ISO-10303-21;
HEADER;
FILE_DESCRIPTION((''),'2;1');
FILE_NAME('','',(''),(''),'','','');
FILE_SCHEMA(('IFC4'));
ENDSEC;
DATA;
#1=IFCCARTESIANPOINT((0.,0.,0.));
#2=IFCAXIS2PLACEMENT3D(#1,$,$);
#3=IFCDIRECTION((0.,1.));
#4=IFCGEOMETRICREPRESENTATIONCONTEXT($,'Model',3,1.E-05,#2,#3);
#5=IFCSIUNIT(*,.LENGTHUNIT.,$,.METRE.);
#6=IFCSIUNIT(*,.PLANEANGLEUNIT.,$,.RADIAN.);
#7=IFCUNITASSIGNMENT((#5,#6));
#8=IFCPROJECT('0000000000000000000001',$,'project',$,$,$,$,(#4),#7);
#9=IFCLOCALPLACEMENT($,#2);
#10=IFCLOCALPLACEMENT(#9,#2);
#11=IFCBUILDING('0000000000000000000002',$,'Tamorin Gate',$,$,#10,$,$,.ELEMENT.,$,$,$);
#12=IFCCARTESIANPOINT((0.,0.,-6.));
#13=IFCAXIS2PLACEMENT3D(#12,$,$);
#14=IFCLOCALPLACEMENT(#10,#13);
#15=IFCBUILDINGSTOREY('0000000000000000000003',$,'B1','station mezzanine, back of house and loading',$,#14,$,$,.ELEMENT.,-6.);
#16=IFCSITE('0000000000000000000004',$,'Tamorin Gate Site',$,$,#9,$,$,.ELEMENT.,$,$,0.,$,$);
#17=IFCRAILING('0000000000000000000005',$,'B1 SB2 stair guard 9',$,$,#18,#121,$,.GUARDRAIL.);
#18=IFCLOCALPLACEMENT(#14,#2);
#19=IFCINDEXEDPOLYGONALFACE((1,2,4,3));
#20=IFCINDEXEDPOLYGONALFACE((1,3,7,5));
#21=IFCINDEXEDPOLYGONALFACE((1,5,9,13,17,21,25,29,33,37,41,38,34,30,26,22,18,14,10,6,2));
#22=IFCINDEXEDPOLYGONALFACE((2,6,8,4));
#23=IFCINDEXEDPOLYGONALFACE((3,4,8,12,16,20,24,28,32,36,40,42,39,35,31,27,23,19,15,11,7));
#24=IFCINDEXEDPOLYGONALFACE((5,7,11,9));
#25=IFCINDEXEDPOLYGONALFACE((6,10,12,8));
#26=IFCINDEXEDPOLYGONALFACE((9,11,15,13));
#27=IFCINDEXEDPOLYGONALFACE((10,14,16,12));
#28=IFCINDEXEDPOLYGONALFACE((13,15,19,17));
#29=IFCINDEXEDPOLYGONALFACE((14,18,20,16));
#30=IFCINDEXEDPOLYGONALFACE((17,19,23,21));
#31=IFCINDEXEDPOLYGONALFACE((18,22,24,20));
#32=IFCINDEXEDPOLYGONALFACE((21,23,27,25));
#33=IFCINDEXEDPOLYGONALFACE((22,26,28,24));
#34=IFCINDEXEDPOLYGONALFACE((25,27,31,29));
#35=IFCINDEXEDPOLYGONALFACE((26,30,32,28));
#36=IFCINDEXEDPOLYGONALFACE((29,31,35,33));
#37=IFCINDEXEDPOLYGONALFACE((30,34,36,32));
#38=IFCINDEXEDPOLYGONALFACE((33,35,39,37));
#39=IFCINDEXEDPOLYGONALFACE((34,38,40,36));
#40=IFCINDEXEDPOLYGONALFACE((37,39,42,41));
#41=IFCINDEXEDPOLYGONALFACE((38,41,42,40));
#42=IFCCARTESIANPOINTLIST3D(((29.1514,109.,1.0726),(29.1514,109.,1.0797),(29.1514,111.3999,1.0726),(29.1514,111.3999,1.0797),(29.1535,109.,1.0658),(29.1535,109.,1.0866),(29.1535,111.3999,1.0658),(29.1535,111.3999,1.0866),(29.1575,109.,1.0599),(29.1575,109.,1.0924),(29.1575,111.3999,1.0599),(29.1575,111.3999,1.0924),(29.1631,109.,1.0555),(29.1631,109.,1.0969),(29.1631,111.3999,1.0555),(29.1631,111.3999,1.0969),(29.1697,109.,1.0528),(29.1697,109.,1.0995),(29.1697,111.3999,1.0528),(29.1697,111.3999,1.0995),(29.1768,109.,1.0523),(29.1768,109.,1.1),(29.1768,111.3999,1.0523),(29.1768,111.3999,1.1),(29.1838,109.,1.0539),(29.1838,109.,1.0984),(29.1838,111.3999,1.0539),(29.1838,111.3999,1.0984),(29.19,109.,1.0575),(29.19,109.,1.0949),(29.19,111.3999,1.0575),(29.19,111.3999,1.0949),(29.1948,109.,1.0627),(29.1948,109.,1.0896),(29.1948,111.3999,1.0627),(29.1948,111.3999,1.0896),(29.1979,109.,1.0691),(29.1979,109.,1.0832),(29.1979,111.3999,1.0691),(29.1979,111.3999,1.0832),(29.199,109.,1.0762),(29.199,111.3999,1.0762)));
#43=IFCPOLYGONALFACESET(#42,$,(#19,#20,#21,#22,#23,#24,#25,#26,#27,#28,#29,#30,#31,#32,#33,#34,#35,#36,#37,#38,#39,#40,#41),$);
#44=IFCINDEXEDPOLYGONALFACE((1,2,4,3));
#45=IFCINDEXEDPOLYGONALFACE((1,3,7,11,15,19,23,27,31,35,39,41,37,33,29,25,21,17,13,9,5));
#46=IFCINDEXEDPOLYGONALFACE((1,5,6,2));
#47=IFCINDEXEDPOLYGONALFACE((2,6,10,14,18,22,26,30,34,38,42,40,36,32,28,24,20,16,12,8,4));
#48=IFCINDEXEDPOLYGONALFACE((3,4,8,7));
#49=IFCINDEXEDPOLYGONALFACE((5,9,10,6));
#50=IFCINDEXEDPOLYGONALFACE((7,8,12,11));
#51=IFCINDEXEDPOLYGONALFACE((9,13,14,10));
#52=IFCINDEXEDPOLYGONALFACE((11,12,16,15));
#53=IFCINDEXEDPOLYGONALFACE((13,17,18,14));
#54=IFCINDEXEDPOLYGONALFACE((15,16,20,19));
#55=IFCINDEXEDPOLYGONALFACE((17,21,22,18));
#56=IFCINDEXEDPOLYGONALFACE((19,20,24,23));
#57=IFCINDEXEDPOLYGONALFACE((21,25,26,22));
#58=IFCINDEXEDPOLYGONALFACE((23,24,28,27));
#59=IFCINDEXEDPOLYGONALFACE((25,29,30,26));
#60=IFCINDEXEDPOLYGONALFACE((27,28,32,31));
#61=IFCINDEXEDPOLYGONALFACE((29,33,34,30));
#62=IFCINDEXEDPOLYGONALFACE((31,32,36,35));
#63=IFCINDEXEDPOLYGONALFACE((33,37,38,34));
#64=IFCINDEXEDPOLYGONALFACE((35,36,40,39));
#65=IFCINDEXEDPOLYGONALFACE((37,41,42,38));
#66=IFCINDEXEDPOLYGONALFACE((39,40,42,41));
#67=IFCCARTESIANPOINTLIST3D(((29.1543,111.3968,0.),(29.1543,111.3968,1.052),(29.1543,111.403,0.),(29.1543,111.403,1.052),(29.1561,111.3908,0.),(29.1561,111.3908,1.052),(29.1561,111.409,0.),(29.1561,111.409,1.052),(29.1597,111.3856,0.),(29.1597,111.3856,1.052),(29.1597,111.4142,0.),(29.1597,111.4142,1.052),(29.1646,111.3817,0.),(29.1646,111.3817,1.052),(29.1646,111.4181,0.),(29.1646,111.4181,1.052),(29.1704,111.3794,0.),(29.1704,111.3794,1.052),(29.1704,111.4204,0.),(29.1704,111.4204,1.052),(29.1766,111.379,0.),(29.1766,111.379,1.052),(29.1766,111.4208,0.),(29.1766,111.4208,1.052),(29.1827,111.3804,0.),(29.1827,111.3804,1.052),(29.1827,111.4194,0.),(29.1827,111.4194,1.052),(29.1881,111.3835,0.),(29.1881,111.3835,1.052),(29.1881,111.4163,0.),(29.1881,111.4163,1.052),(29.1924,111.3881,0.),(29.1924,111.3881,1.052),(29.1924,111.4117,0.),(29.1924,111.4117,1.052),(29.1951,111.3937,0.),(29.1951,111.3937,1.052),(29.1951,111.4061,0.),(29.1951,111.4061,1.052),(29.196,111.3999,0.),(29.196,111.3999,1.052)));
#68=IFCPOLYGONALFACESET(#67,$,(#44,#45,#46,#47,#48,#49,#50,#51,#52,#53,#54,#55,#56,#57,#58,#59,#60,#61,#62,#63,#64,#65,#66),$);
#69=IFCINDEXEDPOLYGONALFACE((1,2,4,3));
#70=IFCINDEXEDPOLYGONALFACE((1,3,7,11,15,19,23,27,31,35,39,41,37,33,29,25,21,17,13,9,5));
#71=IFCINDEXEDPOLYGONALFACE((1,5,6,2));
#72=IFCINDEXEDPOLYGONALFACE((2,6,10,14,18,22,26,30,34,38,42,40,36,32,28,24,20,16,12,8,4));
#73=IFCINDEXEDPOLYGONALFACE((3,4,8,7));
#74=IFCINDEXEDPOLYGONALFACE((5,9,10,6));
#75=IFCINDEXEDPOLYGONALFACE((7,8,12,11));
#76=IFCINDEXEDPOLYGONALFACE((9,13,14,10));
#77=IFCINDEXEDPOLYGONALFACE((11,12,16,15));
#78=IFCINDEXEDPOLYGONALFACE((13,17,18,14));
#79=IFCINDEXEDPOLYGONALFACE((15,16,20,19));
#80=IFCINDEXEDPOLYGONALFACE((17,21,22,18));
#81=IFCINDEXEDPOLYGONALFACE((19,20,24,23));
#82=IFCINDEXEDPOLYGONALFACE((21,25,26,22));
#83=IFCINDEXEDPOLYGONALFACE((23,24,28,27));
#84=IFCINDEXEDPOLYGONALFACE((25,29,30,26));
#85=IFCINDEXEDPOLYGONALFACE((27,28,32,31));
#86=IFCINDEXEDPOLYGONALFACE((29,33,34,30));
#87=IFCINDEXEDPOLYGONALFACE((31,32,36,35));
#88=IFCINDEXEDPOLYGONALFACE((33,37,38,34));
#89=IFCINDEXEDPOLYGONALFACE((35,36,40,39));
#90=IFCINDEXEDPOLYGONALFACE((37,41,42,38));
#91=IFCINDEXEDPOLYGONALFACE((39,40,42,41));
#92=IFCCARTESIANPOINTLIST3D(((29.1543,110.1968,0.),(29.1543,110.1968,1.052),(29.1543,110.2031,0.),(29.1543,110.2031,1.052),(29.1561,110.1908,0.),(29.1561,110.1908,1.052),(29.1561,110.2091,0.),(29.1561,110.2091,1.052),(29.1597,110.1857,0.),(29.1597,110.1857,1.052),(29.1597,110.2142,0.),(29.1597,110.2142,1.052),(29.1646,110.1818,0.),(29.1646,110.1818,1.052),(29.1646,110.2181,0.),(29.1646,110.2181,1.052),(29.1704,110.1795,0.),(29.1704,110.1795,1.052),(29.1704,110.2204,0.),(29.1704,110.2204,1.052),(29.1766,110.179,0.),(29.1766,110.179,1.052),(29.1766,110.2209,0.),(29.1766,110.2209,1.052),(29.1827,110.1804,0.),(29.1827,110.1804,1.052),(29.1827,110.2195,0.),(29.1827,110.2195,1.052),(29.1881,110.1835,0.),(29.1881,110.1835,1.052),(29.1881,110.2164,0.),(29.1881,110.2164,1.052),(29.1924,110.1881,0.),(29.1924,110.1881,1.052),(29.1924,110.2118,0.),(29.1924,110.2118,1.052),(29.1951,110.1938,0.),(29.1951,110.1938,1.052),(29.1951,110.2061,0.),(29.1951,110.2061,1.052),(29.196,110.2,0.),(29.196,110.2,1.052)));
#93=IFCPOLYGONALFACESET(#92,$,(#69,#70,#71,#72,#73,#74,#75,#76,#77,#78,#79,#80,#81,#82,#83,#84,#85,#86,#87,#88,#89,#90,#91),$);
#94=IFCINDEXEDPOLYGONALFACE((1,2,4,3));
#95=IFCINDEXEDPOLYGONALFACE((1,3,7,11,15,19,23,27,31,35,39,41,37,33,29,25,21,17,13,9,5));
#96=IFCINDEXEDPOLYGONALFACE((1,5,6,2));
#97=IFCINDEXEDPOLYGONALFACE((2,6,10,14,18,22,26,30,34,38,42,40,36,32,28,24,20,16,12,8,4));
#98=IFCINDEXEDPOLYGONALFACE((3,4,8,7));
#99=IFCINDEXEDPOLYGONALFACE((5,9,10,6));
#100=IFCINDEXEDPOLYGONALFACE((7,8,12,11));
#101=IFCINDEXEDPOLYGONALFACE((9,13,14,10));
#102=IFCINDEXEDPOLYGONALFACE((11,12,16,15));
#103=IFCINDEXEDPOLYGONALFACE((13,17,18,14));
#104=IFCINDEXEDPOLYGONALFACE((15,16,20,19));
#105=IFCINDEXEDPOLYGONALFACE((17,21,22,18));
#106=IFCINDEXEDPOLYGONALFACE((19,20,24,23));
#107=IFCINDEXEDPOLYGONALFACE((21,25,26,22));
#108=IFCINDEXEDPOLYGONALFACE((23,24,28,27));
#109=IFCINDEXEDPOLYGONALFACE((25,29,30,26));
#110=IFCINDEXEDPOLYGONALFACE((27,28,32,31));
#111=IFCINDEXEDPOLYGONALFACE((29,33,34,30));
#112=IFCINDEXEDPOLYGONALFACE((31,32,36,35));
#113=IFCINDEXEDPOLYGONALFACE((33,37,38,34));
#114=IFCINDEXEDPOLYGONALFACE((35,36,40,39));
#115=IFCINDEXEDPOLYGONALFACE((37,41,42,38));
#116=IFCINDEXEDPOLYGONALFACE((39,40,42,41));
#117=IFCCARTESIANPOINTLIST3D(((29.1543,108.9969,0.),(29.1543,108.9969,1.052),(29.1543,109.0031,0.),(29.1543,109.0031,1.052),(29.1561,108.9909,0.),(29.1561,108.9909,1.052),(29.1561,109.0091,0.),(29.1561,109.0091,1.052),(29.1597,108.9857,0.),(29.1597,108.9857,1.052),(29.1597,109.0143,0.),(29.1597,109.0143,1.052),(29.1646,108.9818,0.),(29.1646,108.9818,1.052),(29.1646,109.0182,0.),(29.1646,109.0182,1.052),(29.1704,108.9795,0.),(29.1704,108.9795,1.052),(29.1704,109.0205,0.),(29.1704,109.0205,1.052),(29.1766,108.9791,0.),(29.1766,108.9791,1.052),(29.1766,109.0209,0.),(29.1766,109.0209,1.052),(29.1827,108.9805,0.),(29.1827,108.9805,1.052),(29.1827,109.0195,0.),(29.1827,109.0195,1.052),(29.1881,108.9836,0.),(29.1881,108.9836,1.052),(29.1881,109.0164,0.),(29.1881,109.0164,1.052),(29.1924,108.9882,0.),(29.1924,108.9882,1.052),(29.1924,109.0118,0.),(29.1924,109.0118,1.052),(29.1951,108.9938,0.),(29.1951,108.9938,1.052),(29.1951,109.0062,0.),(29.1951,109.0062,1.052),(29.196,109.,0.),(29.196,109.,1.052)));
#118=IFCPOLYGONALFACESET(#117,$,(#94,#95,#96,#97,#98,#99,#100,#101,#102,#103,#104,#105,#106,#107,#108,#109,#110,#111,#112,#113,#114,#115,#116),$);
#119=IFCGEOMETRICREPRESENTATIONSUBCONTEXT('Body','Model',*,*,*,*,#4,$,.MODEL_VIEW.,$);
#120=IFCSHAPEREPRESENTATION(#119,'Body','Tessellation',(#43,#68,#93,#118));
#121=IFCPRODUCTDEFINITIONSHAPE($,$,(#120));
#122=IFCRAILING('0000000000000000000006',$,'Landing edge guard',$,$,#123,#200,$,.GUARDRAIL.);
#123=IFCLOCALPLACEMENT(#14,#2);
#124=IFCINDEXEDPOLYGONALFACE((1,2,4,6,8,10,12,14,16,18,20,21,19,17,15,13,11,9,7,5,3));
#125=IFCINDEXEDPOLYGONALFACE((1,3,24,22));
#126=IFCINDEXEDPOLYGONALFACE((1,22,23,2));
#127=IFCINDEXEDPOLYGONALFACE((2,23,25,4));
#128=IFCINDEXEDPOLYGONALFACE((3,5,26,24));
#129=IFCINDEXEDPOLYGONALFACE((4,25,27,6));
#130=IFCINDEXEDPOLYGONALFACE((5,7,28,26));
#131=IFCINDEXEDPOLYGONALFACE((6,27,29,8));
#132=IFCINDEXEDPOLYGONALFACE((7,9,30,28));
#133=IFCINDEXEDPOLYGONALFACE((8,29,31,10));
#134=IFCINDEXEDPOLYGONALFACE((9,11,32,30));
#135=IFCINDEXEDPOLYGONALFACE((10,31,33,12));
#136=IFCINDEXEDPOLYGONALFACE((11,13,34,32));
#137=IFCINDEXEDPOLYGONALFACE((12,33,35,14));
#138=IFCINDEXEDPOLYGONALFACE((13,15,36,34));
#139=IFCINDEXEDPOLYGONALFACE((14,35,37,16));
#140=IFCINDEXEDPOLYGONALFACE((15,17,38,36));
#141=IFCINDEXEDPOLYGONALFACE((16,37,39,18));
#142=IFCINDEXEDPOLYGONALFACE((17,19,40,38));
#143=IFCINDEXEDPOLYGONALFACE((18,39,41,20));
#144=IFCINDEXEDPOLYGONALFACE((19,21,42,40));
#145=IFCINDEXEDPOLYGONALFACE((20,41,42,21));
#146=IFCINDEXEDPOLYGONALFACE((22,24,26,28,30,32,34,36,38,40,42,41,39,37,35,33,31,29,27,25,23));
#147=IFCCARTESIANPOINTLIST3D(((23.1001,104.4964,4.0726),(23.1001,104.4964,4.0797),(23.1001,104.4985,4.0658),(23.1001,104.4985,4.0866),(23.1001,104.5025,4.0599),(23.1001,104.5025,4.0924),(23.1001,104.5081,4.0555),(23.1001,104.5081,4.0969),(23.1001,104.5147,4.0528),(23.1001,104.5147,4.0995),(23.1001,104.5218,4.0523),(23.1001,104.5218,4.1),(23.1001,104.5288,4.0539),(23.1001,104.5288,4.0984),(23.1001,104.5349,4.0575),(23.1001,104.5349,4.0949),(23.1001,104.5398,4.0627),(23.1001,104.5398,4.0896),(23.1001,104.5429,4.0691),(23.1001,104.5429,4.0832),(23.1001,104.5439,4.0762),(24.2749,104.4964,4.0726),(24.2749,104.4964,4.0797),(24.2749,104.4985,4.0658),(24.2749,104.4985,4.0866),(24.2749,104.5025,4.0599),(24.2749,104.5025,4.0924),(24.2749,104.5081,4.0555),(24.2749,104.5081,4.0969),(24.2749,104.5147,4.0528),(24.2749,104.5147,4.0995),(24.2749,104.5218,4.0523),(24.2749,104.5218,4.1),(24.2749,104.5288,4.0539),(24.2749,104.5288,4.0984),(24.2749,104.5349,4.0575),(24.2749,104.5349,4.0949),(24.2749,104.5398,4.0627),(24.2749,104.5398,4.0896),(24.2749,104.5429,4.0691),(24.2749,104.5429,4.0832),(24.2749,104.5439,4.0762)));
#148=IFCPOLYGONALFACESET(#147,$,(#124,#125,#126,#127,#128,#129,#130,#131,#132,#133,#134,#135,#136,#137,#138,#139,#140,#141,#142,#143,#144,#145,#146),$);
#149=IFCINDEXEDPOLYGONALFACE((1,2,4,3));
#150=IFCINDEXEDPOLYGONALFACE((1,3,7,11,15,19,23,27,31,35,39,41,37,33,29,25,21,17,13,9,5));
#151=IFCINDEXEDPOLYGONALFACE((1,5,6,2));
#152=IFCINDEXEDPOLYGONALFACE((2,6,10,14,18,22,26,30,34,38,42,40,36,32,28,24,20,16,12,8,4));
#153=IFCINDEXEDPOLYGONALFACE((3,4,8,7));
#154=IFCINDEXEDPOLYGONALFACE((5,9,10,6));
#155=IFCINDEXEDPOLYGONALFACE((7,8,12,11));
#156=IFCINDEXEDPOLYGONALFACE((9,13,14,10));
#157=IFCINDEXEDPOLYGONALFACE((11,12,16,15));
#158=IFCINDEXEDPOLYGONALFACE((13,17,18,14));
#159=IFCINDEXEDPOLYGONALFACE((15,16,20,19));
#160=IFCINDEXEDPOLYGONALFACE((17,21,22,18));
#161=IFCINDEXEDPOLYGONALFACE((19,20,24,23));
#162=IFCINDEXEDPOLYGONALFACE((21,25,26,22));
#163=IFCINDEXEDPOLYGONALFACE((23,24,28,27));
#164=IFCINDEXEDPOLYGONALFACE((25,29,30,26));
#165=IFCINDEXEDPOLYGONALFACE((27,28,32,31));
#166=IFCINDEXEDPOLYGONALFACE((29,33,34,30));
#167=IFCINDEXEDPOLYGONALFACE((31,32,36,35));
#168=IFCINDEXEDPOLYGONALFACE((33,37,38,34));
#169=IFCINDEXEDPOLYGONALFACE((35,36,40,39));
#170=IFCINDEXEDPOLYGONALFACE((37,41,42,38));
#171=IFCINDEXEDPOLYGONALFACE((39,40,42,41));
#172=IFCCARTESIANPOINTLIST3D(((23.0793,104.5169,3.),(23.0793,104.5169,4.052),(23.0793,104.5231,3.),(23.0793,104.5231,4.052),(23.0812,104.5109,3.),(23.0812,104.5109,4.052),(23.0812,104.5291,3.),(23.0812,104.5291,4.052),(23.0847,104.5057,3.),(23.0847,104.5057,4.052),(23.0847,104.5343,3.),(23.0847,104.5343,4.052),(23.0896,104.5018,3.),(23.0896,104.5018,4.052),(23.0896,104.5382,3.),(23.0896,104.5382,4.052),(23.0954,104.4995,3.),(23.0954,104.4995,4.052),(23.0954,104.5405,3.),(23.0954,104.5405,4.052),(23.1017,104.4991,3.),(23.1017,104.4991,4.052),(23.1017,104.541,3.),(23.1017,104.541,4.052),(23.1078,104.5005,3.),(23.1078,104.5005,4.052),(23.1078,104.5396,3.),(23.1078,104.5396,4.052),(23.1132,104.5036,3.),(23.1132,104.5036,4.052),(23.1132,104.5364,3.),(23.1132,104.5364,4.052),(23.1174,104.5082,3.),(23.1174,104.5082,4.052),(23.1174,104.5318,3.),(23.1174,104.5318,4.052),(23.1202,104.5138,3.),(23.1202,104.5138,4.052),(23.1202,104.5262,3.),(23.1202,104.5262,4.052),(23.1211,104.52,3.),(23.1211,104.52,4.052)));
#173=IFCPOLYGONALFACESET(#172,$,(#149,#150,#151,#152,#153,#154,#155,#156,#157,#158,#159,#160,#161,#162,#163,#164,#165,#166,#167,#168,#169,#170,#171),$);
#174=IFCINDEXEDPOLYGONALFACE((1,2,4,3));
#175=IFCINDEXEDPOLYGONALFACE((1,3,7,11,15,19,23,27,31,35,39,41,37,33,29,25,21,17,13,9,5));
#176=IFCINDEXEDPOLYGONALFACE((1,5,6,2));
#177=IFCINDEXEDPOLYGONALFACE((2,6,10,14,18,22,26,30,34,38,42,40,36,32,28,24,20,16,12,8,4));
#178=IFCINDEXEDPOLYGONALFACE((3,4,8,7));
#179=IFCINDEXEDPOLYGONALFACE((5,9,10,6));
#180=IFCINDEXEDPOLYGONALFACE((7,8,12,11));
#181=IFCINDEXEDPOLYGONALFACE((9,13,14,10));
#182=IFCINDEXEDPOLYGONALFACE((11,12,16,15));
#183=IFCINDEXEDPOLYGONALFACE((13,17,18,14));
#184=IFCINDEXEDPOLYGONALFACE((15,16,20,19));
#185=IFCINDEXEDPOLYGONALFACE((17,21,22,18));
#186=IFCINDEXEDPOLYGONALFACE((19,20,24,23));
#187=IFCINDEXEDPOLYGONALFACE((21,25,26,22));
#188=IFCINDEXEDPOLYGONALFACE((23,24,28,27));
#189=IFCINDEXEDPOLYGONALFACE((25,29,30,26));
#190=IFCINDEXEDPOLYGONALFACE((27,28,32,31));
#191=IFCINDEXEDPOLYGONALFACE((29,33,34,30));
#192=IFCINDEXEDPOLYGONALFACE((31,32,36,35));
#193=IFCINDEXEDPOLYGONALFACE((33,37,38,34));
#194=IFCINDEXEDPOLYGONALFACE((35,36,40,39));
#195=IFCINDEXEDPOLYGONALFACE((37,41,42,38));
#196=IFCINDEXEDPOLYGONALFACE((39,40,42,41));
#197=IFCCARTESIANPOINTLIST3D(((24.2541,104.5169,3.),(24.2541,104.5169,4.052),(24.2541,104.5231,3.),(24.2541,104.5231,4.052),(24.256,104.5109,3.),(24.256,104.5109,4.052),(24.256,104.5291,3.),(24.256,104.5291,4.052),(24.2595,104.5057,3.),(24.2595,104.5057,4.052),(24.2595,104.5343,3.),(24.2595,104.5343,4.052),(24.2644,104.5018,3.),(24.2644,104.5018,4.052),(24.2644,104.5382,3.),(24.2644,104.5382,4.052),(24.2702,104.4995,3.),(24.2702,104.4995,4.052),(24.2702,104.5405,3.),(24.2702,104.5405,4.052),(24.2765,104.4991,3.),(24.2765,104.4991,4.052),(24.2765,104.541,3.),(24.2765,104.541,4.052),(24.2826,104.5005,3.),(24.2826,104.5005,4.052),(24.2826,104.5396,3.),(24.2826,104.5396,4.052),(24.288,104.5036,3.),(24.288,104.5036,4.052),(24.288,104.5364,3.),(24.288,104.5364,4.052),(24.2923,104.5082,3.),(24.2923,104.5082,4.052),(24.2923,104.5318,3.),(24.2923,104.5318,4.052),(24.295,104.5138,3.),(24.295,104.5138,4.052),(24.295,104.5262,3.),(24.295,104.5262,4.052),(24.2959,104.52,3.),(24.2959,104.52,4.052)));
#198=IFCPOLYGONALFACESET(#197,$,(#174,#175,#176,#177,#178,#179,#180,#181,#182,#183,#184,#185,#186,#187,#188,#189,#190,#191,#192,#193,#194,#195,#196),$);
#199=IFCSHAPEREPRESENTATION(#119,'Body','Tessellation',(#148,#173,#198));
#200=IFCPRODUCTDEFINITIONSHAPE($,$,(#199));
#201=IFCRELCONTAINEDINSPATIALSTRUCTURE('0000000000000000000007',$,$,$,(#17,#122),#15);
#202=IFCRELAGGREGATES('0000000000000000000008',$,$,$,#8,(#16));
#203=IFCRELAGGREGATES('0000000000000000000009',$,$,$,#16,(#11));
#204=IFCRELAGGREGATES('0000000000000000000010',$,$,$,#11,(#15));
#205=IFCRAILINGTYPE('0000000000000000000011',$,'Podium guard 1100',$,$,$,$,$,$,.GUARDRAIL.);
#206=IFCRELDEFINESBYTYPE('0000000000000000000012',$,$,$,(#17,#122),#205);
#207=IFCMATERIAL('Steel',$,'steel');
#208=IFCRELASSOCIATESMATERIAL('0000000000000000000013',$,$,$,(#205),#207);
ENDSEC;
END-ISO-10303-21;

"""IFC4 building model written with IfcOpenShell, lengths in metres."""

from ifc_helpers import new_model, si_unit, direction, frame, origin, origin_2d, place, context, subcontext, project, spatial, circle, extrude, material, type_object, element, save


model = new_model("IFC4")

# Units and contexts
model_context = context("Model", 3, precision=1e-05, world=origin(), true_north=direction((0.0, 1.0)))
body_context = subcontext(model_context, "Body", "Model", "MODEL_VIEW")
ifc_project = project(units=[si_unit("LENGTHUNIT", "METRE"), si_unit("PLANEANGLEUNIT", "RADIAN")], contexts=[model_context])

# Site, building, storey
site_placement = place(None, origin())
site = spatial("IfcSite", under=ifc_project, at=site_placement, Name="Tamorin Gate Site", CompositionType="ELEMENT", RefElevation=0.0)
building_placement = place(site_placement, origin())
building = spatial("IfcBuilding", under=site, at=building_placement, Name="Tamorin Gate", CompositionType="ELEMENT")
storey_placement = place(building_placement, frame((0.0, 0.0, -6.0)))
storey = spatial("IfcBuildingStorey", under=building, at=storey_placement, Name="B1", Description="station mezzanine, back of house and loading", CompositionType="ELEMENT", Elevation=-6.0)

# Railings
ifc_material_1 = material(Name="Steel", Category="steel")
railing_type_1 = type_object("IfcRailingType", Name="Podium guard 1100", PredefinedType="GUARDRAIL", material=ifc_material_1)
for number, where, name in (
    (1, (29.175, 111.3999, 0.0), "B1 SB2 stair guard 9"),
):
    element("IfcRailing", number, at=place(storey_placement, frame(where)), inside=storey, type_object=railing_type_1, Name=name, PredefinedType="GUARDRAIL", context=body_context, shape_type="SweptSolid", body=[
        extrude(circle(Radius=0.0239, at=origin_2d()), frame((0.0, 0.0, 1.0762), z_axis=(0.0, -1.0, 0.0), x_axis=(1.0, 0.0, 0.0)), (0.0, 0.0, 1.0), 2.3999),
        extrude(circle(Radius=0.021, at=origin_2d()), origin(), (0.0, 0.0, 1.0), 1.052),
        extrude(circle(Radius=0.021, at=origin_2d()), frame((0.0, -1.2, 0.0)), (0.0, 0.0, 1.0), 1.052),
        extrude(circle(Radius=0.021, at=origin_2d()), frame((0.0, -2.3999, 0.0)), (0.0, 0.0, 1.0), 1.052),
    ])
for number, where, name in (
    (2, (23.1001, 104.52, 3.0), "Landing edge guard"),
):
    element("IfcRailing", number, at=place(storey_placement, frame(where)), inside=storey, type_object=railing_type_1, Name=name, PredefinedType="GUARDRAIL", context=body_context, shape_type="SweptSolid", body=[
        extrude(circle(Radius=0.0239, at=origin_2d()), frame((0.0, 0.0, 1.0762), z_axis=(1.0, 0.0, 0.0), x_axis=(0.0, 1.0, 0.0)), (0.0, 0.0, 1.0), 1.1748),
        extrude(circle(Radius=0.021, at=origin_2d()), origin(), (0.0, 0.0, 1.0), 1.052),
        extrude(circle(Radius=0.021, at=origin_2d()), frame((1.1748, 0.0, 0.0)), (0.0, 0.0, 1.0), 1.052),
    ])

save(model, "model.ifc")
